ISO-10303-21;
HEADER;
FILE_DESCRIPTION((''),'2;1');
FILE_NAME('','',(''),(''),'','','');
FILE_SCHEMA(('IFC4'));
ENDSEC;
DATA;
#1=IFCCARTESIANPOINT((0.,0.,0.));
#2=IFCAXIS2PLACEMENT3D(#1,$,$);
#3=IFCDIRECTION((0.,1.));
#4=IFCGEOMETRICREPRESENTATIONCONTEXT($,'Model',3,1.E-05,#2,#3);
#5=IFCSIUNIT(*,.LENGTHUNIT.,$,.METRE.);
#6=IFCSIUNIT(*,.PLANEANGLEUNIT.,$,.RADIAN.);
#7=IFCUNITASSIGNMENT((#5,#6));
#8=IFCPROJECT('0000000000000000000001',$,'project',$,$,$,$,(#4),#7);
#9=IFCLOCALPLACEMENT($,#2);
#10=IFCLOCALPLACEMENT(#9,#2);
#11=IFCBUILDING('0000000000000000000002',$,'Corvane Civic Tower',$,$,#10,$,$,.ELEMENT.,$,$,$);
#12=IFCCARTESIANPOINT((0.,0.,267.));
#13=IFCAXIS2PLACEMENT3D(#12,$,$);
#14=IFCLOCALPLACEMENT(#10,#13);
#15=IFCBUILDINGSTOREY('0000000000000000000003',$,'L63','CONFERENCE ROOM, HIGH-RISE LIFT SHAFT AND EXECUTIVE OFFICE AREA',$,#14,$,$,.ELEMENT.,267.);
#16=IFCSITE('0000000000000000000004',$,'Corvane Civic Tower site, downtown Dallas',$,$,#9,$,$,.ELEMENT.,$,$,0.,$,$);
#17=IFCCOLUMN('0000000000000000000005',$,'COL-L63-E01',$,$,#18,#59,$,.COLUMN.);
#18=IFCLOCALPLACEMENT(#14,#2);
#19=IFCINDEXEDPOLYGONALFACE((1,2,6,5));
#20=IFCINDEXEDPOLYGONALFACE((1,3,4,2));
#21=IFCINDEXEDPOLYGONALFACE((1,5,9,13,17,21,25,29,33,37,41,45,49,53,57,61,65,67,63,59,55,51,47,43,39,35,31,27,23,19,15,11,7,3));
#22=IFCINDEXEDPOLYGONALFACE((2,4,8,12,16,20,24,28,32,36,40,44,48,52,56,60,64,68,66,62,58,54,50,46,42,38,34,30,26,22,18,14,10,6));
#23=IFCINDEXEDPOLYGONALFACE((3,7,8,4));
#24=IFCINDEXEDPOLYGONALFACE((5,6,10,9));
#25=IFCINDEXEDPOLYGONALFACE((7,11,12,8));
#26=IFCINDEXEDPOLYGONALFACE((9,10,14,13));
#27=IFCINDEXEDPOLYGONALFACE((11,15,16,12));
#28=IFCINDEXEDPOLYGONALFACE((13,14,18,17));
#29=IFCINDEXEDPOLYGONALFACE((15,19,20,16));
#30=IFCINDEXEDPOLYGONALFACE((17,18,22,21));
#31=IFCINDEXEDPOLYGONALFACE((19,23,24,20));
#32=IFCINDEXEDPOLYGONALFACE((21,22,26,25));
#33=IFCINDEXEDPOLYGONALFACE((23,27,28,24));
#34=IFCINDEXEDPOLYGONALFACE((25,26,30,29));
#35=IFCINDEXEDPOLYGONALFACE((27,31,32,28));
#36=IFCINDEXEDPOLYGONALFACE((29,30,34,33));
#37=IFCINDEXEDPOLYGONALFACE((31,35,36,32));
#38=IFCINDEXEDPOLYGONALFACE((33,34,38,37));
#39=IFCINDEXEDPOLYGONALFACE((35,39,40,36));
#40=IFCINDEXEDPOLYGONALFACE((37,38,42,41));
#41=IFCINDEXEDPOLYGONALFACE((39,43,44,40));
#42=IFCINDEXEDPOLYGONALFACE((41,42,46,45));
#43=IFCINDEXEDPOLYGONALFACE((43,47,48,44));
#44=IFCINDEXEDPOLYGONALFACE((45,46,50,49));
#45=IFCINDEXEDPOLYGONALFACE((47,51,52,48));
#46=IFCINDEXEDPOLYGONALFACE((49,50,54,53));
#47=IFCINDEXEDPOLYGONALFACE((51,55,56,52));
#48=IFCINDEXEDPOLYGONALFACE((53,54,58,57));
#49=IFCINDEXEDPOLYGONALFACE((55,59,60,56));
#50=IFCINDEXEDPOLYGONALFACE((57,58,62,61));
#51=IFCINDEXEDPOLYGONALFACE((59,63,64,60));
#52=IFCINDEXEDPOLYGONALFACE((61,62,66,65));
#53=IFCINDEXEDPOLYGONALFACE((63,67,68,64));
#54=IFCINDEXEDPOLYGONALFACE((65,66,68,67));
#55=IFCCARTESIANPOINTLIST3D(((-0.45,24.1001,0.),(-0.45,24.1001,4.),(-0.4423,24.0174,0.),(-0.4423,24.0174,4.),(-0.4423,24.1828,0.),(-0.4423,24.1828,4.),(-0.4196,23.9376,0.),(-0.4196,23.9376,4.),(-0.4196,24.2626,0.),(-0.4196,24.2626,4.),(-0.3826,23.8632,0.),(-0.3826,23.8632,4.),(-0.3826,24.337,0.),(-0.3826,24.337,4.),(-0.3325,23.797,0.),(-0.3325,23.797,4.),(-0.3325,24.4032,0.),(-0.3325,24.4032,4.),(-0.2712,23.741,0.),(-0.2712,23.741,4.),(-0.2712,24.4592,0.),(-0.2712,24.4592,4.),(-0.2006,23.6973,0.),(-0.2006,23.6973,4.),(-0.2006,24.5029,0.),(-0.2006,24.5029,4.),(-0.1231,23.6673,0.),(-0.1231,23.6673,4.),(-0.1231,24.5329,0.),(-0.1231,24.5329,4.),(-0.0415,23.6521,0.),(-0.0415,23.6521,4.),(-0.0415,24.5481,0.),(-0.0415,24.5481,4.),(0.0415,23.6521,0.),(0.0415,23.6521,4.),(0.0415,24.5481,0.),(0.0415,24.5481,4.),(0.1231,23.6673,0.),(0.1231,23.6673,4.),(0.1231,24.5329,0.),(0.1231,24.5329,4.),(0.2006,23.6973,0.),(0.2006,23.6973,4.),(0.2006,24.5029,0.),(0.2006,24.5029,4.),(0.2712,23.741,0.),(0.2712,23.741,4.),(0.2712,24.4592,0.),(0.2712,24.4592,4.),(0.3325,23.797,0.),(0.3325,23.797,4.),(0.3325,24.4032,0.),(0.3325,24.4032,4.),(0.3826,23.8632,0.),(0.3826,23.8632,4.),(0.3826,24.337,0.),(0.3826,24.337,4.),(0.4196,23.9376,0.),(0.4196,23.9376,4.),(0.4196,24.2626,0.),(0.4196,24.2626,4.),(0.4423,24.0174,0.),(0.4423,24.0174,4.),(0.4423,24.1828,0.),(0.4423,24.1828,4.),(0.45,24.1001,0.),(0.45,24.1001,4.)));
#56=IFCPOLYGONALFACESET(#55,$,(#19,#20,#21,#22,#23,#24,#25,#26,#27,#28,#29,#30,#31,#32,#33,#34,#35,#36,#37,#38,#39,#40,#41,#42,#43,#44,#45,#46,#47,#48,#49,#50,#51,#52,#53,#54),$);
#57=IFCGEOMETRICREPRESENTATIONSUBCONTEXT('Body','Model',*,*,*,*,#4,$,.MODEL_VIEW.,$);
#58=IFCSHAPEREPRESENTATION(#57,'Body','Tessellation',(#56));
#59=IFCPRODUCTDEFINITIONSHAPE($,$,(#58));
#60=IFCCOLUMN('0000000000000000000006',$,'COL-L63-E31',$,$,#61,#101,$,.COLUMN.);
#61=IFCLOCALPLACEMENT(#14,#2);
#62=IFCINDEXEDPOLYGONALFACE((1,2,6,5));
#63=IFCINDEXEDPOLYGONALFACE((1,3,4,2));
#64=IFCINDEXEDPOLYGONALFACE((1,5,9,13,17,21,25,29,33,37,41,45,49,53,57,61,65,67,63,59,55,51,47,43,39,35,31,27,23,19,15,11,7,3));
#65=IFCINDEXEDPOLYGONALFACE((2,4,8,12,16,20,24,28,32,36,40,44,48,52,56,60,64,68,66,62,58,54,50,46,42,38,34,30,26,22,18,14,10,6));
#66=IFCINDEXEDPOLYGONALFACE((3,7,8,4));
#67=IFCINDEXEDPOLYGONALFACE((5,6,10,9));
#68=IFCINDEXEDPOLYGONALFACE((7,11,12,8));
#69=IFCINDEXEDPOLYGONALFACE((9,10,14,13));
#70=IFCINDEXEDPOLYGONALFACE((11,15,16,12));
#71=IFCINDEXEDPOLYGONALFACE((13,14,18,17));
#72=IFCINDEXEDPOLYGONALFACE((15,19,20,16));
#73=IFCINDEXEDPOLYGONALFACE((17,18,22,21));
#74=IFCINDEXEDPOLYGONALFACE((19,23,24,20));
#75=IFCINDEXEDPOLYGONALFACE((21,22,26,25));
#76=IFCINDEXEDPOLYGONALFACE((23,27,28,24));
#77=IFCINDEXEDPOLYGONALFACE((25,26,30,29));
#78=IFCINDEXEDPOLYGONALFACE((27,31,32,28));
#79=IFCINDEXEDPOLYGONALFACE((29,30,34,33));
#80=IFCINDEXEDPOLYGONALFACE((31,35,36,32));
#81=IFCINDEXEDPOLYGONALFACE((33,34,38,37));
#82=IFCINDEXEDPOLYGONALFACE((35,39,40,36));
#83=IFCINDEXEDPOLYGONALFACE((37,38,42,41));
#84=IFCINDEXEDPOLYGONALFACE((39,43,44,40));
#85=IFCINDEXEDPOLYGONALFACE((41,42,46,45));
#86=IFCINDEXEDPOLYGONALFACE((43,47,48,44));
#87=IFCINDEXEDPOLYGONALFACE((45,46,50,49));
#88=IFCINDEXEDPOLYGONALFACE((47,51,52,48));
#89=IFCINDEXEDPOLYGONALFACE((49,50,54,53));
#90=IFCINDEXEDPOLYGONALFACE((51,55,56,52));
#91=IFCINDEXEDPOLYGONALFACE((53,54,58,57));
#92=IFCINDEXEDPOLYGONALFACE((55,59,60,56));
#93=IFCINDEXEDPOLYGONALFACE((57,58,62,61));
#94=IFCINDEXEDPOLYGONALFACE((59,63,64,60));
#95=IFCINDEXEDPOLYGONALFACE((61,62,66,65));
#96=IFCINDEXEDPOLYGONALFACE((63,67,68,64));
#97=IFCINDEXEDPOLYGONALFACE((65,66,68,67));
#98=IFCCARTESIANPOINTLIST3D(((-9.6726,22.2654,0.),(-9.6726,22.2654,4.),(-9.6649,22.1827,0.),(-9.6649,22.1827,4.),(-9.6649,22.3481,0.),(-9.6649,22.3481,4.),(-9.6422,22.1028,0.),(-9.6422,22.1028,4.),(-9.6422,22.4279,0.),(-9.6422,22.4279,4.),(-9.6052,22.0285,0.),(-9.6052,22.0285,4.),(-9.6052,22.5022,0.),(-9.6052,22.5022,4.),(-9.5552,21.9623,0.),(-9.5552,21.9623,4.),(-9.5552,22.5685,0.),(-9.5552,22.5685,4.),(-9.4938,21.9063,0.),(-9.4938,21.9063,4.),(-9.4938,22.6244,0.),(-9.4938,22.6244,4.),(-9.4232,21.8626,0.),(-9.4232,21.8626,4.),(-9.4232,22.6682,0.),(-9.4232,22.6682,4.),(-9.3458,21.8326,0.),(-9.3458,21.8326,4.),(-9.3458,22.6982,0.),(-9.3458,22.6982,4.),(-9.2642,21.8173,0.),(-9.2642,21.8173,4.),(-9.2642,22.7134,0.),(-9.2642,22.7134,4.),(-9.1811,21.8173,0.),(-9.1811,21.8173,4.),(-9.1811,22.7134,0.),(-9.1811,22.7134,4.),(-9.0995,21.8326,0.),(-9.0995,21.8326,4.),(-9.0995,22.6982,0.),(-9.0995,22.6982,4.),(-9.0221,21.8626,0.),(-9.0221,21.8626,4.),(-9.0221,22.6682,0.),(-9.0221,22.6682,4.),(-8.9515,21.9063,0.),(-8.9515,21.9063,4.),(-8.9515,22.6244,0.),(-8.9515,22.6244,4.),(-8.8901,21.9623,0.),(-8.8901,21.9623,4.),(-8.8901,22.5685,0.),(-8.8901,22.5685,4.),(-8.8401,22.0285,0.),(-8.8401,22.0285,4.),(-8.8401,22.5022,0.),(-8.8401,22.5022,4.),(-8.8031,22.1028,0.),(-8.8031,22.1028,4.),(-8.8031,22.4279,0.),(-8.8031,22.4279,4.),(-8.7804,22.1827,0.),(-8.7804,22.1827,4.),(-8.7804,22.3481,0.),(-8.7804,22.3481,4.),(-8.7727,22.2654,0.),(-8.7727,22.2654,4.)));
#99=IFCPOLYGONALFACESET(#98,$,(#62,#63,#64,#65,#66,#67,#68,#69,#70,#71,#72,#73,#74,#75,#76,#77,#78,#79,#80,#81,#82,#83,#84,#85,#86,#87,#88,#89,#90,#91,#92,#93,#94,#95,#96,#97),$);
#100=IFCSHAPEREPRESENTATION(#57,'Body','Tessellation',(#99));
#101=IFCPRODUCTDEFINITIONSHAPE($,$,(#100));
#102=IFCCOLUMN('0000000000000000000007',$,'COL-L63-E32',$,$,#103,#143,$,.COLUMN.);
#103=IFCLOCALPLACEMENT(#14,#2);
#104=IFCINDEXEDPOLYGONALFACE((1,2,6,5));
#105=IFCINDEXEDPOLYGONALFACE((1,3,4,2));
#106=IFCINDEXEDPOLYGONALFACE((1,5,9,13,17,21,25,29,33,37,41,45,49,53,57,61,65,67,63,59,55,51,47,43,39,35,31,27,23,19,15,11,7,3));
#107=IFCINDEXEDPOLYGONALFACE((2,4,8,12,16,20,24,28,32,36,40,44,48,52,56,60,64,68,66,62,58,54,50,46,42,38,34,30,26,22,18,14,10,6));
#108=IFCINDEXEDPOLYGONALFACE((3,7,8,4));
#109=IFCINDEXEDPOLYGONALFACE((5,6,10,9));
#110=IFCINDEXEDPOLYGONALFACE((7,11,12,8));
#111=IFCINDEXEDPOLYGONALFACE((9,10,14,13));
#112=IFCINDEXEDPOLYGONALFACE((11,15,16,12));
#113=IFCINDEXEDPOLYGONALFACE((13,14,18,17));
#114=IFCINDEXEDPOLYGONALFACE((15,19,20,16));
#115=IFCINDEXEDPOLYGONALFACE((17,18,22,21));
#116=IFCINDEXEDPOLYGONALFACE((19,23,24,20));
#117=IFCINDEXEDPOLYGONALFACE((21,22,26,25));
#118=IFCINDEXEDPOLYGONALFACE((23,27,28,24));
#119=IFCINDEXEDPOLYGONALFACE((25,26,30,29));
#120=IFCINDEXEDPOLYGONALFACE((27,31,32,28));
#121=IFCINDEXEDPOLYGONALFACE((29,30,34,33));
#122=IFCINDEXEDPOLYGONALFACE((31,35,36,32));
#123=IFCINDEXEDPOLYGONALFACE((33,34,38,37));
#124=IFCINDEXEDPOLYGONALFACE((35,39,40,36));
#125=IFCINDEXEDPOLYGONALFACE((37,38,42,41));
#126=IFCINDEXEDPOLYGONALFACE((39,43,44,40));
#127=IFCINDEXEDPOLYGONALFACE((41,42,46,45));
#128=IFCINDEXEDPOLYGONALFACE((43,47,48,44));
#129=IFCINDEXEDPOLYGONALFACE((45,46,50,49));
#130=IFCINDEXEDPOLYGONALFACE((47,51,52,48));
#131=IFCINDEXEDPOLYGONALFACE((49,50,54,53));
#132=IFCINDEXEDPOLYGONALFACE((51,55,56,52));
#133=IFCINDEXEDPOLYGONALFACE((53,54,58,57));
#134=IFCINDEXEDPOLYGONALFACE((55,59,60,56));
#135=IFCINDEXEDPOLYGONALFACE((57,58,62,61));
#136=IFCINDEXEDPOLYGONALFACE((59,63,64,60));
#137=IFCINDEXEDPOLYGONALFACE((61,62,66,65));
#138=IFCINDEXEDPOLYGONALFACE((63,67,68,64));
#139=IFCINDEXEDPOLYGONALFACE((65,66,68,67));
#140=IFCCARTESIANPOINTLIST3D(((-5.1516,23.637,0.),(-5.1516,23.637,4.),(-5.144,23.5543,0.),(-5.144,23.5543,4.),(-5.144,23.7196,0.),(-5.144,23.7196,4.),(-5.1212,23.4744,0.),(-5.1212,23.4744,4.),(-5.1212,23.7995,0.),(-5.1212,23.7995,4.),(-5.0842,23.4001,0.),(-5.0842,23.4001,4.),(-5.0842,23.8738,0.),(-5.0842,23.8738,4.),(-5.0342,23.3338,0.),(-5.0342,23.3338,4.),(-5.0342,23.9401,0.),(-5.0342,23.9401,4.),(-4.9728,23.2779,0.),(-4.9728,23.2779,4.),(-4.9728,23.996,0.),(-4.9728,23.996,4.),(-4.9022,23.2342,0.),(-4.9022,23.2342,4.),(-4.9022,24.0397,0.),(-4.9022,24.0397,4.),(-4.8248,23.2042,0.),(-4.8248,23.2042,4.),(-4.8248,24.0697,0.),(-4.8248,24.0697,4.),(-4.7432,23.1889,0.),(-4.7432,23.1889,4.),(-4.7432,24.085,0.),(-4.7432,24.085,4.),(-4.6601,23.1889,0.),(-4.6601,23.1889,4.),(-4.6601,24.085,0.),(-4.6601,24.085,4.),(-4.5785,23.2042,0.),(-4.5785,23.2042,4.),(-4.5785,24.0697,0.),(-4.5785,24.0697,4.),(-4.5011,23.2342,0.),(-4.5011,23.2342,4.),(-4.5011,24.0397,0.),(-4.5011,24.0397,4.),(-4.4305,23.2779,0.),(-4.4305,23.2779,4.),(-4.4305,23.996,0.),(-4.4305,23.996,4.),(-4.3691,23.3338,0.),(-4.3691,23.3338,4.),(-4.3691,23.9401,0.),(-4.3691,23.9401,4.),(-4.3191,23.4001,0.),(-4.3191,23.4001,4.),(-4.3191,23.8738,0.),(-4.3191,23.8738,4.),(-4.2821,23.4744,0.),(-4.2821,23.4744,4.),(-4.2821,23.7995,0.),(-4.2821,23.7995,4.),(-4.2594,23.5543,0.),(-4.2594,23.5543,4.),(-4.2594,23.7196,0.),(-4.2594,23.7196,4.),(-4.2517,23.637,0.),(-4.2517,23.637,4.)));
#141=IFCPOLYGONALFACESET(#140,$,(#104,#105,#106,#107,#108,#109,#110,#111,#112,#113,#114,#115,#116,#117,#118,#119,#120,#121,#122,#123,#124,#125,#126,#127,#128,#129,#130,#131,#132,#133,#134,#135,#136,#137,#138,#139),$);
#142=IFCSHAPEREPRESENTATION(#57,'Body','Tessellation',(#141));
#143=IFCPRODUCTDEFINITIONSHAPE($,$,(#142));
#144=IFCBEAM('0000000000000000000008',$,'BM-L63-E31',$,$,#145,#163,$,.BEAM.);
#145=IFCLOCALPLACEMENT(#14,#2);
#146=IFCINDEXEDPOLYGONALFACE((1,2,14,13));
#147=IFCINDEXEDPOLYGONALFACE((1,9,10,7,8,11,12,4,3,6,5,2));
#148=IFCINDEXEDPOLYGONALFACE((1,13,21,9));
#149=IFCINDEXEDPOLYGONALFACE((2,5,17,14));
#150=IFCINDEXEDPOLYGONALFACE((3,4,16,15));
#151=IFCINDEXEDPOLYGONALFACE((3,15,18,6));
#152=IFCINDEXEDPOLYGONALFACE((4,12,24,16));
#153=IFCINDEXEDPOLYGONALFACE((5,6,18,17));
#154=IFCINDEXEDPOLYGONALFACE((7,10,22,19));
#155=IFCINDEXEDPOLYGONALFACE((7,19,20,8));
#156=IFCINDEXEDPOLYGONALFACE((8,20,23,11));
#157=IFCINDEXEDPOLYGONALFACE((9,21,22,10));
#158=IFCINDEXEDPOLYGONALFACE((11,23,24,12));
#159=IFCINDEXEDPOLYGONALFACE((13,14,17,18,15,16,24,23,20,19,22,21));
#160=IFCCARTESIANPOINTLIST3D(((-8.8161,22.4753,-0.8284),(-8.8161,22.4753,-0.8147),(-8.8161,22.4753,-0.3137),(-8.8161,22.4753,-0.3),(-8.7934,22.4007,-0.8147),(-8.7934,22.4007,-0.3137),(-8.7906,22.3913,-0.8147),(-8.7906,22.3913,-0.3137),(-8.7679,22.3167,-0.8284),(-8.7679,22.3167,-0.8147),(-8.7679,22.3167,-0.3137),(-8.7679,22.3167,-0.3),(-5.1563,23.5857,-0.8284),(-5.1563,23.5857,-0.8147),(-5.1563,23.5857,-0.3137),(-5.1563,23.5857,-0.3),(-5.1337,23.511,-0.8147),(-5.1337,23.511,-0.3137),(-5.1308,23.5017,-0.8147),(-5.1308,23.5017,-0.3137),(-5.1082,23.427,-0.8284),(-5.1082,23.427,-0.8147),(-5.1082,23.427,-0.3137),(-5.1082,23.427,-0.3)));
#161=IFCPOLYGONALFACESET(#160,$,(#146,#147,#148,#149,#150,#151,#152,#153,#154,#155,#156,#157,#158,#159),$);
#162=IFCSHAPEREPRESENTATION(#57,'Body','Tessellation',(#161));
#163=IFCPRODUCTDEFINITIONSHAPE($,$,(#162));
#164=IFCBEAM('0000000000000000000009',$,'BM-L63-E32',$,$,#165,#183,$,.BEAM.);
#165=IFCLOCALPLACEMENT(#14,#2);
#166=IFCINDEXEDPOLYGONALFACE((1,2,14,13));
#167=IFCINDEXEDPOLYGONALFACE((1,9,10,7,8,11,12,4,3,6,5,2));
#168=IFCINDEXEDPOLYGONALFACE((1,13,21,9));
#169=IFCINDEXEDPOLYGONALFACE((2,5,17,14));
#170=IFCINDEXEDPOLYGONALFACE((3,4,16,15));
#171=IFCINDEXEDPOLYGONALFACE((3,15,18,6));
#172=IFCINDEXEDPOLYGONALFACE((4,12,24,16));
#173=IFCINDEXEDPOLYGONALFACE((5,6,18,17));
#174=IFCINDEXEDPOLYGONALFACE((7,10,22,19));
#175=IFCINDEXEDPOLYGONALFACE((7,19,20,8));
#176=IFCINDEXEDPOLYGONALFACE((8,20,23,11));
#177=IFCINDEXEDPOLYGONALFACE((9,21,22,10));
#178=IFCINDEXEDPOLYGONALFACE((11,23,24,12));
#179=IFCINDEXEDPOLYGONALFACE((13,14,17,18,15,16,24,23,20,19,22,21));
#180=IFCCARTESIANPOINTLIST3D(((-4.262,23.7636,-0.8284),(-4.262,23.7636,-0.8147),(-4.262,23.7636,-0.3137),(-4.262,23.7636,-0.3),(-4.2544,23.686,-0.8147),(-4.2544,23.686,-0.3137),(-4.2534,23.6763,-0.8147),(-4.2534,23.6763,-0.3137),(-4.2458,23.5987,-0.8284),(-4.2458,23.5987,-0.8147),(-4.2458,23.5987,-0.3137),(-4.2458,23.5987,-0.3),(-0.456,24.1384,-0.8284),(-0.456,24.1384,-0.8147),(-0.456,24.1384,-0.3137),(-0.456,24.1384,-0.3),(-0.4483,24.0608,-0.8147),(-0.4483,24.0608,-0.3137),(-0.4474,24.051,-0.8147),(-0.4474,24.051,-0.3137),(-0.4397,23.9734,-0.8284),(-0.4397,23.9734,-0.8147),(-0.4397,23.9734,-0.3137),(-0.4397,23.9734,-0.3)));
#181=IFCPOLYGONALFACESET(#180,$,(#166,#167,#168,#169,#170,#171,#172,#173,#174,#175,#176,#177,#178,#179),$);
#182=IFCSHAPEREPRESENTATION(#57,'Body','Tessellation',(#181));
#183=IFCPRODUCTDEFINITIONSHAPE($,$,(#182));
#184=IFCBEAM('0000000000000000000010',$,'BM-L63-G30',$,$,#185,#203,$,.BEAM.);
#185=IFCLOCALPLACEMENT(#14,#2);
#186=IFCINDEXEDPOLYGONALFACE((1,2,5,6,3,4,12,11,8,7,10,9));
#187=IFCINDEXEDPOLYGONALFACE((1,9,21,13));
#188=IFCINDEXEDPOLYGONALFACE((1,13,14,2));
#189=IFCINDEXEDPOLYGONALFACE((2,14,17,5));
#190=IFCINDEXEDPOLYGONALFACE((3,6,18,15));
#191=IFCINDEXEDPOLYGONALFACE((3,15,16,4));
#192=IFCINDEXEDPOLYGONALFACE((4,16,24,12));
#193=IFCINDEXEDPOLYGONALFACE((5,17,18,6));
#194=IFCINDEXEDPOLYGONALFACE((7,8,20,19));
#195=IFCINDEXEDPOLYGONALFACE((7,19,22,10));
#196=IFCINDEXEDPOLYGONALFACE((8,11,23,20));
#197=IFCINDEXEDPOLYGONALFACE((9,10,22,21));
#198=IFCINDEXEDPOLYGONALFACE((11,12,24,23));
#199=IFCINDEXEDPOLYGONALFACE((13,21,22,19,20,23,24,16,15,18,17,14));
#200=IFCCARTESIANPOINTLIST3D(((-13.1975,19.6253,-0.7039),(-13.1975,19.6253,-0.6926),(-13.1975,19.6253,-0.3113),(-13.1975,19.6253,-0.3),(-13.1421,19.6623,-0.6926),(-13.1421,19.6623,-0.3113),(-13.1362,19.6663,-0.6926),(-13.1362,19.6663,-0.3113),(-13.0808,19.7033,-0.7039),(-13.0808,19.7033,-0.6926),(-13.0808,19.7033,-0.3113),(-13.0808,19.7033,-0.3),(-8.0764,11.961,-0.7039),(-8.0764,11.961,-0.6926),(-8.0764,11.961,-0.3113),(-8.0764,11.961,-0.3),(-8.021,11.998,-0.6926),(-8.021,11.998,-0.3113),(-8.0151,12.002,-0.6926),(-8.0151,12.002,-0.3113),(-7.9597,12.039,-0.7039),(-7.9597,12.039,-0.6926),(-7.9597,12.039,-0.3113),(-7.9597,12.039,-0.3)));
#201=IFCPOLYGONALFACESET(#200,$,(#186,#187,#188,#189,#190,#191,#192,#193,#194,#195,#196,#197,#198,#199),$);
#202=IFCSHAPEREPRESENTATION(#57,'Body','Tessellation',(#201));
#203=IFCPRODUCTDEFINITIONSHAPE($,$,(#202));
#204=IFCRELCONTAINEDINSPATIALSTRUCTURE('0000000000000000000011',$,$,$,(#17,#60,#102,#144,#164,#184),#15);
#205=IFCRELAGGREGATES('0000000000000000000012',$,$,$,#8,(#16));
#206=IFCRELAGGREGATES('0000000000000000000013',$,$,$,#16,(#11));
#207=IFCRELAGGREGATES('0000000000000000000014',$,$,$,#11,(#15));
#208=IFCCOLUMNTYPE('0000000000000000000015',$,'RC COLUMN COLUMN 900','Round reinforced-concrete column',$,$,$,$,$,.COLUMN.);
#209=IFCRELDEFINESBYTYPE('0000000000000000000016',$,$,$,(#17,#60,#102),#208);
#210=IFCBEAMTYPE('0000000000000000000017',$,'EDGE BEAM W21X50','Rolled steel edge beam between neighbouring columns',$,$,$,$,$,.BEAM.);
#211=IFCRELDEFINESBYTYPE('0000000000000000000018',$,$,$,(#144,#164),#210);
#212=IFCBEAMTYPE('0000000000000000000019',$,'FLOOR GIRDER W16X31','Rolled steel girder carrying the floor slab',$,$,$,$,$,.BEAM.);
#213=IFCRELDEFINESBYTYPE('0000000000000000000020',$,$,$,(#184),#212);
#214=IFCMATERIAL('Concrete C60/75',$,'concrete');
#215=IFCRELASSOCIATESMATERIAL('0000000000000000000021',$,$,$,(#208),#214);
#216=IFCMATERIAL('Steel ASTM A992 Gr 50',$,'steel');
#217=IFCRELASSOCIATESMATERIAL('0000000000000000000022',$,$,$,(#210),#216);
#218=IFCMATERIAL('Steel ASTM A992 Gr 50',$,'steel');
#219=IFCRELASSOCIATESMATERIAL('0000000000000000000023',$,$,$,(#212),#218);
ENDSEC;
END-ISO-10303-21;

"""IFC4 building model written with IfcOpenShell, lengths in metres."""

from ifc_helpers import new_model, si_unit, direction, frame, origin, origin_2d, place, context, subcontext, project, spatial, circle, i_section, extrude, material, material_profile, profile_set, type_object, element, save


model = new_model("IFC4")

# Units and contexts
model_context = context("Model", 3, precision=1e-05, world=origin(), true_north=direction((0.0, 1.0)))
body_context = subcontext(model_context, "Body", "Model", "MODEL_VIEW")
ifc_project = project(units=[si_unit("LENGTHUNIT", "METRE"), si_unit("PLANEANGLEUNIT", "RADIAN")], contexts=[model_context])

# Site, building, storey
site_placement = place(None, origin())
site = spatial("IfcSite", under=ifc_project, at=site_placement, Name="Corvane Civic Tower site, downtown Dallas", CompositionType="ELEMENT", RefElevation=0.0)
building_placement = place(site_placement, origin())
building = spatial("IfcBuilding", under=site, at=building_placement, Name="Corvane Civic Tower", CompositionType="ELEMENT")
storey_placement = place(building_placement, frame((0.0, 0.0, 267.0)))
storey = spatial("IfcBuildingStorey", under=building, at=storey_placement, Name="L63", Description="CONFERENCE ROOM, HIGH-RISE LIFT SHAFT AND EXECUTIVE OFFICE AREA", CompositionType="ELEMENT", Elevation=267.0)

# Columns
ifc_material_1 = material(Name="Concrete C60/75", Category="concrete")
ifc_material_profile_1 = material_profile(ifc_material_1, circle(Radius=0.45, at=origin_2d()), Name="COLUMN 900")
ifc_profile_set_1 = profile_set([ifc_material_profile_1], Name="Concrete C60/75")
column_type = type_object("IfcColumnType", Name="RC COLUMN COLUMN 900", Description="Round reinforced-concrete column", PredefinedType="COLUMN", material=ifc_profile_set_1)
for number, where, z_axis, x_axis, name in (
    (1, (0.0, 24.1001, 0.0), (0.0, 0.0, 1.0), (1.0, 0.0, 0.0), "COL-L63-E01"),
    (2, (-9.2227, 22.2654, 0.0), (0.0, 0.0, 1.0), (1.0, 0.0, 0.0), "COL-L63-E31"),
    (3, (-4.7017, 23.637, 0.0), (0.0, 0.0, 1.0), (1.0, 0.0, 0.0), "COL-L63-E32"),
):
    element("IfcColumn", number, at=place(storey_placement, frame(where, z_axis=z_axis, x_axis=x_axis)), inside=storey, type_object=column_type, Name=name, PredefinedType="COLUMN", context=body_context, shape_type="SweptSolid", body=[
        extrude(circle(Radius=0.45, at=origin_2d()), origin(), (0.0, 0.0, 1.0), 4.0),
    ])

# Beams
ifc_material_2 = material(Name="Steel ASTM A992 Gr 50", Category="steel")
ifc_material_profile_2 = material_profile(ifc_material_2, i_section(OverallWidth=0.1658, OverallDepth=0.5283, WebThickness=0.0098, FlangeThickness=0.0137, at=origin_2d()), Name="W21X50")
ifc_profile_set_2 = profile_set([ifc_material_profile_2], Name="Steel ASTM A992 Gr 50")
beam_type_1 = type_object("IfcBeamType", Name="EDGE BEAM W21X50", Description="Rolled steel edge beam between neighbouring columns", PredefinedType="BEAM", material=ifc_profile_set_2)
for number, where, z_axis, x_axis, name in (
    (4, (-8.792, 22.396, -0.5642), (0.956926, 0.290333, 0.0), (-0.290333, 0.956926, 0.0), "BM-L63-E31"),
    (5, (-4.2539, 23.6812, -0.5642), (0.995188, 0.097987, 0.0), (-0.097987, 0.995188, 0.0), "BM-L63-E32"),
):
    element("IfcBeam", number, at=place(storey_placement, frame(where, z_axis=z_axis, x_axis=x_axis)), inside=storey, type_object=beam_type_1, Name=name, PredefinedType="BEAM", context=body_context, shape_type="SweptSolid", body=[
        extrude(i_section(OverallWidth=0.1658, OverallDepth=0.5283, WebThickness=0.0098, FlangeThickness=0.0137, at=origin_2d()), origin(), (0.0, 0.0, 1.0), 3.8245),
    ])
ifc_material_3 = material(Name="Steel ASTM A992 Gr 50", Category="steel")
ifc_material_profile_3 = material_profile(ifc_material_3, i_section(OverallWidth=0.1404, OverallDepth=0.4038, WebThickness=0.0071, FlangeThickness=0.0112, at=origin_2d()), Name="W16X31")
ifc_profile_set_3 = profile_set([ifc_material_profile_3], Name="Steel ASTM A992 Gr 50")
beam_type_2 = type_object("IfcBeamType", Name="FLOOR GIRDER W16X31", Description="Rolled steel girder carrying the floor slab", PredefinedType="BEAM", material=ifc_profile_set_3)
beam_1_placement = place(storey_placement, frame((-8.0181, 12.0, -0.502), z_axis=(-0.555568, 0.831471, 0.0), x_axis=(-0.831471, -0.555568, 0.0)))
element("IfcBeam", 6, at=beam_1_placement, inside=storey, type_object=beam_type_2, Name="BM-L63-G30", PredefinedType="BEAM", context=body_context, shape_type="SweptSolid", body=[
    extrude(i_section(OverallWidth=0.1404, OverallDepth=0.4038, WebThickness=0.0071, FlangeThickness=0.0112, at=origin_2d()), origin(), (0.0, 0.0, 1.0), 9.2178),
])

save(model, "model.ifc")
